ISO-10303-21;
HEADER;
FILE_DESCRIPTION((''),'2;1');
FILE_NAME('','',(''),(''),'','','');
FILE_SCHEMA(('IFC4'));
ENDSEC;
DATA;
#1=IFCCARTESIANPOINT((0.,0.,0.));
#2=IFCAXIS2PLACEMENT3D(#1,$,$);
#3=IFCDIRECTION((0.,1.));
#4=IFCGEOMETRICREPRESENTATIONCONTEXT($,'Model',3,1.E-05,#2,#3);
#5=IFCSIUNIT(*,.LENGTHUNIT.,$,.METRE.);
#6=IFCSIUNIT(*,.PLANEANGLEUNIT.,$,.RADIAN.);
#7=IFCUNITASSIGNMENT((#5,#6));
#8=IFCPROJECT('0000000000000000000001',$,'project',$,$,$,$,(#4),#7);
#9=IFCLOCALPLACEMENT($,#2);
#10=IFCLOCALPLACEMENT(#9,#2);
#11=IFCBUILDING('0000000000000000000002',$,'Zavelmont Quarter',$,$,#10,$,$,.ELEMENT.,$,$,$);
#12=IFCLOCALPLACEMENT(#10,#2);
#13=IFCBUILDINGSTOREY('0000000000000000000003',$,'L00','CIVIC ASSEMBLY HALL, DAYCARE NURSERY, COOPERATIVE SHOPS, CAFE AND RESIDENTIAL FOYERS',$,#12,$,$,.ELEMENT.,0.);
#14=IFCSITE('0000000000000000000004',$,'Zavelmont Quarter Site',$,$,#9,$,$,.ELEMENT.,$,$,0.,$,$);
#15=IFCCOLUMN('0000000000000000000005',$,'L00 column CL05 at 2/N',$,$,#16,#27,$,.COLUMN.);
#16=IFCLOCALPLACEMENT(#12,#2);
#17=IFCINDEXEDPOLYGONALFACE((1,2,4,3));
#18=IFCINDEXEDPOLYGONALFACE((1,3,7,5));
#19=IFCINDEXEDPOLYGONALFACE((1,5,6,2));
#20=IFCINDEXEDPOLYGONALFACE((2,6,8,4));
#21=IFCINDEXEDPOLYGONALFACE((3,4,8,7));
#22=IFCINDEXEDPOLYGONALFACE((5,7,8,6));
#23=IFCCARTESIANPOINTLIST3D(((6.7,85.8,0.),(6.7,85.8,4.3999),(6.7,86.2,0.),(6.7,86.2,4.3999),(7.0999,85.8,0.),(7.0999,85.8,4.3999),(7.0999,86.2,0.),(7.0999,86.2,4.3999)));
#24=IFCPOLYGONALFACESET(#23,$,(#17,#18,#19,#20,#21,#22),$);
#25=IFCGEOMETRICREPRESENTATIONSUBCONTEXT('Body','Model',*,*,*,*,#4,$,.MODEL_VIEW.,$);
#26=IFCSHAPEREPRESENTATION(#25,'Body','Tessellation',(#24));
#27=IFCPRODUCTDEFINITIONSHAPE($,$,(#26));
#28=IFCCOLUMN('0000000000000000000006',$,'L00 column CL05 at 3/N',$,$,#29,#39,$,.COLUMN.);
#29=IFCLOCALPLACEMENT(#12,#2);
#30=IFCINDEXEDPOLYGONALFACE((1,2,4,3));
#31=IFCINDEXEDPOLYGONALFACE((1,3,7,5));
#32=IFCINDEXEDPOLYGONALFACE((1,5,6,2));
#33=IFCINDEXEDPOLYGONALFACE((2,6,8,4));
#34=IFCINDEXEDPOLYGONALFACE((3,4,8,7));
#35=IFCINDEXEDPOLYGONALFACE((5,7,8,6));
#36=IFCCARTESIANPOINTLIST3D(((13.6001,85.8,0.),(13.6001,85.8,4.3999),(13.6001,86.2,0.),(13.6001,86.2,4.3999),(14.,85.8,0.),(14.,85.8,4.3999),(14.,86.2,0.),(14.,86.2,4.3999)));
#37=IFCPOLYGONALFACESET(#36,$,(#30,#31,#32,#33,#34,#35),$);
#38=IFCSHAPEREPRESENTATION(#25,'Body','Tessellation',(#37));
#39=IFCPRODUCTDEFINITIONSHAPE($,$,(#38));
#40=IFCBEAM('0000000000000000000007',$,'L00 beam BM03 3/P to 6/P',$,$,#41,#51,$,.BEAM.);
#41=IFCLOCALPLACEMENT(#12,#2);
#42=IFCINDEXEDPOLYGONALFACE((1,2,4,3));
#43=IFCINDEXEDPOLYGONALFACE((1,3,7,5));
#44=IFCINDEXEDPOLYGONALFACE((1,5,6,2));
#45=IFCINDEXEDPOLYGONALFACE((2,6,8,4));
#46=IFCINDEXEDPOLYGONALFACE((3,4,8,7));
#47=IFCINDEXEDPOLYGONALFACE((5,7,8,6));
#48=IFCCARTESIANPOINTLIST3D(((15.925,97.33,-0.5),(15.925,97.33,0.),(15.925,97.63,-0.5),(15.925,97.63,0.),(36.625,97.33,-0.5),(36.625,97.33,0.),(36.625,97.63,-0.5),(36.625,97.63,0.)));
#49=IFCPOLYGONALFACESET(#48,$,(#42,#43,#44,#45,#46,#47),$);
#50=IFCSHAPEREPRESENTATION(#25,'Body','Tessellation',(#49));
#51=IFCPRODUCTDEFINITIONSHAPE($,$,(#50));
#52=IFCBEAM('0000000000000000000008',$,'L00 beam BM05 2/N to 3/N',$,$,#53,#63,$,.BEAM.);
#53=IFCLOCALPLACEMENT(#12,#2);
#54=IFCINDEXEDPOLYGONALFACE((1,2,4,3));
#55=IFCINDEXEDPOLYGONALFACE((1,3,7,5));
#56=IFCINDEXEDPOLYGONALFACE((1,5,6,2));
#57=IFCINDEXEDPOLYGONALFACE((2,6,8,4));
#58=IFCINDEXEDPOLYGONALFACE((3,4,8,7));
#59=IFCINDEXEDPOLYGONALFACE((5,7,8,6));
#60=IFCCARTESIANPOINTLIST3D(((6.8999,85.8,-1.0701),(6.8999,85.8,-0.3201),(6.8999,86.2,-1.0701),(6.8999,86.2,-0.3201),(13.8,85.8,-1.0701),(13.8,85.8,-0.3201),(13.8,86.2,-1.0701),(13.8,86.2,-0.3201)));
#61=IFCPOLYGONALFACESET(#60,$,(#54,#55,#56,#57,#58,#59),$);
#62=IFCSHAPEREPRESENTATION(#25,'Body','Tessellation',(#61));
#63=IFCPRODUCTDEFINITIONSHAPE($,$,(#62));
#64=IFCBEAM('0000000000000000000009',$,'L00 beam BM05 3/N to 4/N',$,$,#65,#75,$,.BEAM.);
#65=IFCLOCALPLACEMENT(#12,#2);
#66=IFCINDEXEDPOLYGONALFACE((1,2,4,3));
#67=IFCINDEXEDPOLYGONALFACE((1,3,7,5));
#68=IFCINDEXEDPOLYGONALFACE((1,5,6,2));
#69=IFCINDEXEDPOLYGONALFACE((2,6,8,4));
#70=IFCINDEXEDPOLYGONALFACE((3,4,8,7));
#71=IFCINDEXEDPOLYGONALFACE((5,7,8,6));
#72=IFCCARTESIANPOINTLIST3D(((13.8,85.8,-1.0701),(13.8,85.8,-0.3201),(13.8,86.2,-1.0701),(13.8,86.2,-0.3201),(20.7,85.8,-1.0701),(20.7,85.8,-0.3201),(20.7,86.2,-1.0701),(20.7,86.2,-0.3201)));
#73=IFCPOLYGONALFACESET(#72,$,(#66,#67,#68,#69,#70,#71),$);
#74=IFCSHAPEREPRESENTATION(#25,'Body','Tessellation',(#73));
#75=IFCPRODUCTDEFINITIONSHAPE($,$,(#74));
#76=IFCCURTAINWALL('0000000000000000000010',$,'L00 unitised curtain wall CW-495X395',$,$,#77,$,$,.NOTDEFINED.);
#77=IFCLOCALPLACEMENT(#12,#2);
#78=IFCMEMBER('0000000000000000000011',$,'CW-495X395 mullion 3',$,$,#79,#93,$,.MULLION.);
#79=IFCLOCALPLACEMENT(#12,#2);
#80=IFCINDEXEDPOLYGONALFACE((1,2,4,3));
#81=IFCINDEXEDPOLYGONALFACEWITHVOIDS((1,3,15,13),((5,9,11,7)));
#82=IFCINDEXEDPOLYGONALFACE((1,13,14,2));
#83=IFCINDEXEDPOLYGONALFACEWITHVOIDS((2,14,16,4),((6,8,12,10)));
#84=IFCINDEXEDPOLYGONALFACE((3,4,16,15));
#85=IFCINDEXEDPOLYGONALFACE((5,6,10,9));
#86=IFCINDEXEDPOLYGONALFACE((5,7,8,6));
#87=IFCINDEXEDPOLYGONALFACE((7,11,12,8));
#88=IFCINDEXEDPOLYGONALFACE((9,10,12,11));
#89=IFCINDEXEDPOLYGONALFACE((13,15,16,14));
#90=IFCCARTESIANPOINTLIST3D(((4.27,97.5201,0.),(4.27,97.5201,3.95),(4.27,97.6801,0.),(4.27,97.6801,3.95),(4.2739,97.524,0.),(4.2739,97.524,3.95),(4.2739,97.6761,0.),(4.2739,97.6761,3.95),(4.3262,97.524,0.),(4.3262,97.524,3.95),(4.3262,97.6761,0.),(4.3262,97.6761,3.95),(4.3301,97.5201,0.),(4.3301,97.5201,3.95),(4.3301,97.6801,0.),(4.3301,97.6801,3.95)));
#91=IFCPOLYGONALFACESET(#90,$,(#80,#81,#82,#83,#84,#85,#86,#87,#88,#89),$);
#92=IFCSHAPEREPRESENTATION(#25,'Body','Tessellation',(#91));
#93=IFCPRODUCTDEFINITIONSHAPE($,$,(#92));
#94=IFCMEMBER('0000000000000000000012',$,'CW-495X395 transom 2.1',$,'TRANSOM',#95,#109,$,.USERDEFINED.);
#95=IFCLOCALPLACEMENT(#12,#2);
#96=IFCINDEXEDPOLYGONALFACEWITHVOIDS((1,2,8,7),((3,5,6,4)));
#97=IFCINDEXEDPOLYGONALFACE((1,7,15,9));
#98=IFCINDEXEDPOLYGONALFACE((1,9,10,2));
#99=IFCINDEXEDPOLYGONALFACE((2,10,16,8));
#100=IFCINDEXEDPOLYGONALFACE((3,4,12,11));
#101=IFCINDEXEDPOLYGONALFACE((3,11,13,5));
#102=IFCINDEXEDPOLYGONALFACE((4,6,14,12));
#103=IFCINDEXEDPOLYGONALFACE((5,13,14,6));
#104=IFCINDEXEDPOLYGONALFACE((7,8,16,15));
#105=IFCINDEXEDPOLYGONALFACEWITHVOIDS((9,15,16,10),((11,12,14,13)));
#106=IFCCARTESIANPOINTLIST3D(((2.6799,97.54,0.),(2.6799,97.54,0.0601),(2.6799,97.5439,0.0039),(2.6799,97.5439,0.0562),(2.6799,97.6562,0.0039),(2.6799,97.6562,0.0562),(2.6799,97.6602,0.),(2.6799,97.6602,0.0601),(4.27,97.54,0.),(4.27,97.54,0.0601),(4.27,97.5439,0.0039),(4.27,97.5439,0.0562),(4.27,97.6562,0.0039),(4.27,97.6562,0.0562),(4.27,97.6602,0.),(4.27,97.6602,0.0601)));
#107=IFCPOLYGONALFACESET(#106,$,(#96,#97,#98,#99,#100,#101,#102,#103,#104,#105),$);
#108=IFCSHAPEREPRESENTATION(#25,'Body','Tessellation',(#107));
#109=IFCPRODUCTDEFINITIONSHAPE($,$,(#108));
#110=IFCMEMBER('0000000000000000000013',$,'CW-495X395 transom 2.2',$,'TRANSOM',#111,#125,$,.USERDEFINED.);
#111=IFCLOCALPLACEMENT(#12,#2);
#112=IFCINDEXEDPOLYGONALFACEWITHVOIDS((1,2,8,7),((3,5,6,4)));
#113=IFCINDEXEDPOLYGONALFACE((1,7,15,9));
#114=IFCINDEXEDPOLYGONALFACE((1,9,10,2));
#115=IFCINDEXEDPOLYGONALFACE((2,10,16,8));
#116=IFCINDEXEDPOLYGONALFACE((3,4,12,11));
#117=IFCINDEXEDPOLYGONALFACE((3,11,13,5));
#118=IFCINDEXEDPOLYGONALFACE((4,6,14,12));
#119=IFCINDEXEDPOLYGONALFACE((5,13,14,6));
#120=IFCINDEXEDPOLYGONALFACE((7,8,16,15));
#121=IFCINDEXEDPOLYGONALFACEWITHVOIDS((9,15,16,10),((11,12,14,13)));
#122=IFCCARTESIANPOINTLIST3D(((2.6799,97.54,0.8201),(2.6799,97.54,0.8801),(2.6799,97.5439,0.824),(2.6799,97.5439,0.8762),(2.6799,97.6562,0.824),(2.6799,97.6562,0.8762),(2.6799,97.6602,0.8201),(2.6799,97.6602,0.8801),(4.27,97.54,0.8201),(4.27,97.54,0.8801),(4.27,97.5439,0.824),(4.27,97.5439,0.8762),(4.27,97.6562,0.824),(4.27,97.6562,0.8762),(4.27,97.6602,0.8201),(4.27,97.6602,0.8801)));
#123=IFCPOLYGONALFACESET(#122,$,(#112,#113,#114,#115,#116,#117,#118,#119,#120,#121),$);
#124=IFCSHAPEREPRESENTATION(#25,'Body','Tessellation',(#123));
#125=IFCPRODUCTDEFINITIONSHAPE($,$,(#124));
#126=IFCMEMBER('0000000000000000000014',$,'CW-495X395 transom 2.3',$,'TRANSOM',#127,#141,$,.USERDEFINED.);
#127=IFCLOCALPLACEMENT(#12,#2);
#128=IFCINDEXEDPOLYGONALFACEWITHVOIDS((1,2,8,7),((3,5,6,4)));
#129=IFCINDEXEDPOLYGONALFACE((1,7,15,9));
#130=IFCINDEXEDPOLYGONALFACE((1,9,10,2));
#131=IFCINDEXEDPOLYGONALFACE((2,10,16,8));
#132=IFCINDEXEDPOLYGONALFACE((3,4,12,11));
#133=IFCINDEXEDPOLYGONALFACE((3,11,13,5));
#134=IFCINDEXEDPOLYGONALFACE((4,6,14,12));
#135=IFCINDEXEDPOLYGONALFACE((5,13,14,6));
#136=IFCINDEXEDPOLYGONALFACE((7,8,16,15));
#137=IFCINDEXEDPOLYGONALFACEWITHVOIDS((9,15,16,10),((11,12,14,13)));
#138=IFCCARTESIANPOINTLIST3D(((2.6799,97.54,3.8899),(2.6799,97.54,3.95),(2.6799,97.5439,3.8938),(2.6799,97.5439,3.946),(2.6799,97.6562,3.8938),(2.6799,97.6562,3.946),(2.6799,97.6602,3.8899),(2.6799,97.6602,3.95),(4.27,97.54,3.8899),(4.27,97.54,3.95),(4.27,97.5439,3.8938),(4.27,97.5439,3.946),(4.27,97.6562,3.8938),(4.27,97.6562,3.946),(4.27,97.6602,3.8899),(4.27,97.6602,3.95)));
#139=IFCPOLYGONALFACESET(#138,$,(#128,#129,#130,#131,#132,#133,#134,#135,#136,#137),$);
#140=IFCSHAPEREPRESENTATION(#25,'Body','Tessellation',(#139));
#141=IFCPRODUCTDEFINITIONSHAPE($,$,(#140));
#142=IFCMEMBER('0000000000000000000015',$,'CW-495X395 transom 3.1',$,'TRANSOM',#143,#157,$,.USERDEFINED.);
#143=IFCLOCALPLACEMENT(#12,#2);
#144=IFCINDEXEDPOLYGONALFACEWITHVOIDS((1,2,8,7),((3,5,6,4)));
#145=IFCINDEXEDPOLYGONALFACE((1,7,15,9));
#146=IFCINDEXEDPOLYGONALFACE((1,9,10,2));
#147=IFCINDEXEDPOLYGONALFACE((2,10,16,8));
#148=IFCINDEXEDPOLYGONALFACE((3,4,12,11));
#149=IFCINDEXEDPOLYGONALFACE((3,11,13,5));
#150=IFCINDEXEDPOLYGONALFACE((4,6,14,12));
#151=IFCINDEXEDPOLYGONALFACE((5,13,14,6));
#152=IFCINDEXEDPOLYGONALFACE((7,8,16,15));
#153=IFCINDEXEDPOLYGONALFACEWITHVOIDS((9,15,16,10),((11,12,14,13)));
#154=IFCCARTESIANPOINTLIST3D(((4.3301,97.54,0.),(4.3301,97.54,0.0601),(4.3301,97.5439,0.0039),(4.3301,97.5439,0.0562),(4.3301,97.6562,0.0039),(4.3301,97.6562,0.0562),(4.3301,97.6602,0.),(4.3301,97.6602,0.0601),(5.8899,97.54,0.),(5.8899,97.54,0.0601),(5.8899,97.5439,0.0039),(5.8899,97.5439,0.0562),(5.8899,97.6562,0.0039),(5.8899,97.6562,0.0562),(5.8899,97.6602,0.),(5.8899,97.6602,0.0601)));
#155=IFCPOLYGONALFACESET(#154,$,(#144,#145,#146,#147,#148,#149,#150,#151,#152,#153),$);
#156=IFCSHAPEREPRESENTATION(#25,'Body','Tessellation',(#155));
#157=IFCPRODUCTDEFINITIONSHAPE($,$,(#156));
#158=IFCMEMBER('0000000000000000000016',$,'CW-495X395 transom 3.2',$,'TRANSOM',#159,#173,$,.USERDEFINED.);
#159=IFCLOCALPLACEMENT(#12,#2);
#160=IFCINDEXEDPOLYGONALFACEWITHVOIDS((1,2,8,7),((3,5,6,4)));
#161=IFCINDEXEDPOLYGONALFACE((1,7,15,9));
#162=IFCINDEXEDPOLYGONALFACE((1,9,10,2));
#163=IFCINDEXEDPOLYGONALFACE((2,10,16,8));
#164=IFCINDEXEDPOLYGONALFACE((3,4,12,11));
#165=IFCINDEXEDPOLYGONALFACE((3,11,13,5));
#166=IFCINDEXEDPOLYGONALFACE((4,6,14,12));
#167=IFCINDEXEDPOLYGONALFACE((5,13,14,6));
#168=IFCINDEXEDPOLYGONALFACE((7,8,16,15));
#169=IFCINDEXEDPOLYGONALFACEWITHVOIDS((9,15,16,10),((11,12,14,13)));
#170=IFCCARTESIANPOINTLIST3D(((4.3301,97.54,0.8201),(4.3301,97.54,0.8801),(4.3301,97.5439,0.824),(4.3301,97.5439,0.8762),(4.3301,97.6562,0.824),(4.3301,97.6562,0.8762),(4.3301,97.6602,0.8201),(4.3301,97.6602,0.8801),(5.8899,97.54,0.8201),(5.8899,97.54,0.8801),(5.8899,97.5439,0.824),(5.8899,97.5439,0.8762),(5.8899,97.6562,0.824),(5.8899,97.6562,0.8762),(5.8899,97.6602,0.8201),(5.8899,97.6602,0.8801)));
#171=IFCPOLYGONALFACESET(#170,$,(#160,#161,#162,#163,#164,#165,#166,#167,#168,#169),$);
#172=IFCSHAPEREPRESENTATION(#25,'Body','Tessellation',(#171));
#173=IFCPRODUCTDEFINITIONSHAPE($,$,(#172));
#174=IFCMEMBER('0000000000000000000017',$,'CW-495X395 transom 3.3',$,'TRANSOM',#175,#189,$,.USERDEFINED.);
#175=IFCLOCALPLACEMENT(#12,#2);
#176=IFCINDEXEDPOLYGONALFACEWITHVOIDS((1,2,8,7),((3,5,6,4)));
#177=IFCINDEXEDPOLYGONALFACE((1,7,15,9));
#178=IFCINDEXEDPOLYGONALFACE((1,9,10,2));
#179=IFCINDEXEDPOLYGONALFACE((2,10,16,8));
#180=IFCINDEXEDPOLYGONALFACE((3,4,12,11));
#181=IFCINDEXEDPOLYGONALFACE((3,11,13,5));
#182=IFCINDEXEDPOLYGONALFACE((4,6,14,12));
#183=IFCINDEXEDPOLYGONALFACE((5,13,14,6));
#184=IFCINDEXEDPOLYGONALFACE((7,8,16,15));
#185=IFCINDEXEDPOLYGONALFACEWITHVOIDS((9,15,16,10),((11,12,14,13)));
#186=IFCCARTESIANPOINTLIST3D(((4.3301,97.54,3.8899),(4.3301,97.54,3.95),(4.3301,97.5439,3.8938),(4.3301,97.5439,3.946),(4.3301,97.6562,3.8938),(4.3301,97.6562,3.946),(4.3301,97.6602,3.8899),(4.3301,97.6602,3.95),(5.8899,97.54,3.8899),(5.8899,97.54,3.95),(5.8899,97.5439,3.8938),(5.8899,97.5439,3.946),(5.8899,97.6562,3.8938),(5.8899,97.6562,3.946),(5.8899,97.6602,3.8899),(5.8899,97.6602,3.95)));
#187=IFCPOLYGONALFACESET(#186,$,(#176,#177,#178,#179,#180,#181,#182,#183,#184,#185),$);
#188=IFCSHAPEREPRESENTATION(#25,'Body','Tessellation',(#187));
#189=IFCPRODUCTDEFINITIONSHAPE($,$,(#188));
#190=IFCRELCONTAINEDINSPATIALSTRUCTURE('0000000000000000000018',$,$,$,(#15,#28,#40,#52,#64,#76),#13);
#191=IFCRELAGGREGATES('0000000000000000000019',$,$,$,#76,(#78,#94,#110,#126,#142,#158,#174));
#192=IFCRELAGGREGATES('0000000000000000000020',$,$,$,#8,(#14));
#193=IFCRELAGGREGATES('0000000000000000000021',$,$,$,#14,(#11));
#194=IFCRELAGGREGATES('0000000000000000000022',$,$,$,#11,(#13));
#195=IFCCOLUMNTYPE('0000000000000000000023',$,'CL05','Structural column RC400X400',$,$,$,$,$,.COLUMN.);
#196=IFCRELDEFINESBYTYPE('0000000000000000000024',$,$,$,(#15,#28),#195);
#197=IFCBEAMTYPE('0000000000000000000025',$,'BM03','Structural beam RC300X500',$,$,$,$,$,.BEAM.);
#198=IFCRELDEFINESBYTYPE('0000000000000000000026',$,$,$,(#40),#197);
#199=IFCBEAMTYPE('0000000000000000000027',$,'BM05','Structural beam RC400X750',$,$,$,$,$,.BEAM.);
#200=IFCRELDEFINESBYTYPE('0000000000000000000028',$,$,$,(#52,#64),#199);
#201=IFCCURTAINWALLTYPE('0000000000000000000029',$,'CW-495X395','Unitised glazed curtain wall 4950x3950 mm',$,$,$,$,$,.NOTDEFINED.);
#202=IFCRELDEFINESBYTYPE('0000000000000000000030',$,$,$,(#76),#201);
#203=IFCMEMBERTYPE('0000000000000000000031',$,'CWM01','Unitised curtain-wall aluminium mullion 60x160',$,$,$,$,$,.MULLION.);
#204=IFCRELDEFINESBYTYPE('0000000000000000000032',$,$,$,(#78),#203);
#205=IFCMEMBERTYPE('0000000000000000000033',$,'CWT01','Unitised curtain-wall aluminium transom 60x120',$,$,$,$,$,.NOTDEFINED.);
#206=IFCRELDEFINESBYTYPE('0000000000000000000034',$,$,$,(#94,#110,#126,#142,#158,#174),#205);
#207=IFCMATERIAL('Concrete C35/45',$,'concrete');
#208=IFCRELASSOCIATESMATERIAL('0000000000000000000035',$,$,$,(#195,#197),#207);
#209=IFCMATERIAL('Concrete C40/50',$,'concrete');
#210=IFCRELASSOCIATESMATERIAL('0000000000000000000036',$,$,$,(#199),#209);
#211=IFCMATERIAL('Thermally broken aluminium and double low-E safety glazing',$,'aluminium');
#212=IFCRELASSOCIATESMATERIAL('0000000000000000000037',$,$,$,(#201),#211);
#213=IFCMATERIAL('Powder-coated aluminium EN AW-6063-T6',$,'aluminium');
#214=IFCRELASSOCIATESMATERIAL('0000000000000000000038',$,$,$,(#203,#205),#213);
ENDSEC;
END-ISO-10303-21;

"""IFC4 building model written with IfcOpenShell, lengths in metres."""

from ifc_helpers import new_model, si_unit, direction, frame, origin, origin_2d, place, context, subcontext, project, spatial, rectangle, hollow_rectangle, extrude, material, material_profile, profile_set, type_object, element, aggregate, save


model = new_model("IFC4")

# Units and contexts
model_context = context("Model", 3, precision=1e-05, world=origin(), true_north=direction((0.0, 1.0)))
body_context = subcontext(model_context, "Body", "Model", "MODEL_VIEW")
ifc_project = project(units=[si_unit("LENGTHUNIT", "METRE"), si_unit("PLANEANGLEUNIT", "RADIAN")], contexts=[model_context])

# Site, building, storey
site_placement = place(None, origin())
site = spatial("IfcSite", under=ifc_project, at=site_placement, Name="Zavelmont Quarter Site", CompositionType="ELEMENT", RefElevation=0.0)
building_placement = place(site_placement, origin())
building = spatial("IfcBuilding", under=site, at=building_placement, Name="Zavelmont Quarter", CompositionType="ELEMENT")
storey_placement = place(building_placement, origin())
storey = spatial("IfcBuildingStorey", under=building, at=storey_placement, Name="L00", Description="CIVIC ASSEMBLY HALL, DAYCARE NURSERY, COOPERATIVE SHOPS, CAFE AND RESIDENTIAL FOYERS", CompositionType="ELEMENT", Elevation=0.0)

# Columns
ifc_material_1 = material(Name="Concrete C35/45", Category="concrete")
ifc_material_profile_1 = material_profile(ifc_material_1, rectangle(XDim=0.3999, YDim=0.3999, at=origin_2d()), Name="RC400X400")
ifc_profile_set_1 = profile_set([ifc_material_profile_1], Name="Concrete C35/45")
column_type = type_object("IfcColumnType", Name="CL05", Description="Structural column RC400X400", PredefinedType="COLUMN", material=ifc_profile_set_1)
for number, where, z_axis, x_axis, name in (
    (1, (6.8999, 86.0, 0.0), (0.0, 0.0, 1.0), (1.0, 0.0, 0.0), "L00 column CL05 at 2/N"),
    (2, (13.8, 86.0, 0.0), (0.0, 0.0, 1.0), (1.0, 0.0, 0.0), "L00 column CL05 at 3/N"),
):
    element("IfcColumn", number, at=place(storey_placement, frame(where, z_axis=z_axis, x_axis=x_axis)), inside=storey, type_object=column_type, Name=name, PredefinedType="COLUMN", context=body_context, shape_type="SweptSolid", body=[
        extrude(rectangle(XDim=0.3999, YDim=0.3999, at=origin_2d()), origin(), (0.0, 0.0, 1.0), 4.3999),
    ])

# Beams
ifc_material_profile_2 = material_profile(ifc_material_1, rectangle(XDim=0.3, YDim=0.5, at=origin_2d()), Name="RC300X500")
ifc_profile_set_2 = profile_set([ifc_material_profile_2], Name="Concrete C35/45")
beam_type_1 = type_object("IfcBeamType", Name="BM03", Description="Structural beam RC300X500", PredefinedType="BEAM", material=ifc_profile_set_2)
beam_1_placement = place(storey_placement, frame((15.925, 97.48, -0.25), z_axis=(1.0, 0.0, 0.0), x_axis=(0.0, 1.0, 0.0)))
element("IfcBeam", 3, at=beam_1_placement, inside=storey, type_object=beam_type_1, Name="L00 beam BM03 3/P to 6/P", PredefinedType="BEAM", context=body_context, shape_type="SweptSolid", body=[
    extrude(rectangle(XDim=0.3, YDim=0.5, at=origin_2d()), origin(), (0.0, 0.0, 1.0), 20.7),
])
ifc_material_2 = material(Name="Concrete C40/50", Category="concrete")
ifc_material_profile_3 = material_profile(ifc_material_2, rectangle(XDim=0.3999, YDim=0.75, at=origin_2d()), Name="RC400X750")
ifc_profile_set_3 = profile_set([ifc_material_profile_3], Name="Concrete C40/50")
beam_type_2 = type_object("IfcBeamType", Name="BM05", Description="Structural beam RC400X750", PredefinedType="BEAM", material=ifc_profile_set_3)
beam_2_placement = place(storey_placement, frame((6.8999, 86.0, -0.6951), z_axis=(1.0, 0.0, 0.0), x_axis=(0.0, 1.0, 0.0)))
element("IfcBeam", 4, at=beam_2_placement, inside=storey, type_object=beam_type_2, Name="L00 beam BM05 2/N to 3/N", PredefinedType="BEAM", context=body_context, shape_type="SweptSolid", body=[
    extrude(rectangle(XDim=0.3999, YDim=0.75, at=origin_2d()), origin(), (0.0, 0.0, 1.0), 6.9001),
])
beam_3_placement = place(storey_placement, frame((13.8, 86.0, -0.6951), z_axis=(1.0, 0.0, 0.0), x_axis=(0.0, 1.0, 0.0)))
element("IfcBeam", 5, at=beam_3_placement, inside=storey, type_object=beam_type_2, Name="L00 beam BM05 3/N to 4/N", PredefinedType="BEAM", context=body_context, shape_type="SweptSolid", body=[
    extrude(rectangle(XDim=0.3999, YDim=0.75, at=origin_2d()), origin(), (0.0, 0.0, 1.0), 6.8999),
])

# Curtain wall, members
ifc_material_3 = material(Name="Thermally broken aluminium and double low-E safety glazing", Category="aluminium")
curtain_wall_type = type_object("IfcCurtainWallType", Name="CW-495X395", Description="Unitised glazed curtain wall 4950x3950 mm", PredefinedType="NOTDEFINED", material=ifc_material_3)
curtain_wall_placement = place(storey_placement, origin())
curtain_wall = element("IfcCurtainWall", 6, at=curtain_wall_placement, inside=storey, type_object=curtain_wall_type, Name="L00 unitised curtain wall CW-495X395", PredefinedType="NOTDEFINED")
ifc_material_4 = material(Name="Powder-coated aluminium EN AW-6063-T6", Category="aluminium")
ifc_material_profile_4 = material_profile(ifc_material_4, hollow_rectangle(XDim=0.0601, YDim=0.1599, WallThickness=0.0039, at=origin_2d()), Name="CWM60X160")
ifc_profile_set_4 = profile_set([ifc_material_profile_4], Name="Powder-coated aluminium EN AW-6063-T6")
member_type_1 = type_object("IfcMemberType", Name="CWM01", Description="Unitised curtain-wall aluminium mullion 60x160", PredefinedType="MULLION", material=ifc_profile_set_4)
member_1_placement = place(storey_placement, frame((4.3, 97.6001, 0.0), z_axis=(0.0, 0.0, 1.0), x_axis=(1.0, 0.0, 0.0)))
member_1 = element("IfcMember", 7, at=member_1_placement, type_object=member_type_1, Name="CW-495X395 mullion 3", PredefinedType="MULLION", context=body_context, shape_type="SweptSolid", body=[
    extrude(hollow_rectangle(XDim=0.0601, YDim=0.1599, WallThickness=0.0039, at=origin_2d()), origin(), (0.0, 0.0, 1.0), 3.95),
])
ifc_material_profile_5 = material_profile(ifc_material_4, hollow_rectangle(XDim=0.1201, YDim=0.0601, WallThickness=0.0039, at=origin_2d()), Name="CWT60X120")
ifc_profile_set_5 = profile_set([ifc_material_profile_5], Name="Powder-coated aluminium EN AW-6063-T6")
member_type_2 = type_object("IfcMemberType", Name="CWT01", Description="Unitised curtain-wall aluminium transom 60x120", PredefinedType="NOTDEFINED", material=ifc_profile_set_5)
member_2_placement = place(storey_placement, frame((2.6799, 97.6001, 0.03), z_axis=(1.0, 0.0, 0.0), x_axis=(0.0, 1.0, 0.0)))
member_2 = element("IfcMember", 8, at=member_2_placement, type_object=member_type_2, Name="CW-495X395 transom 2.1", ObjectType="TRANSOM", PredefinedType="USERDEFINED", context=body_context, shape_type="SweptSolid", body=[
    extrude(hollow_rectangle(XDim=0.1201, YDim=0.0601, WallThickness=0.0039, at=origin_2d()), origin(), (0.0, 0.0, 1.0), 1.5901),
])
member_3_placement = place(storey_placement, frame((2.6799, 97.6001, 0.8501), z_axis=(1.0, 0.0, 0.0), x_axis=(0.0, 1.0, 0.0)))
member_3 = element("IfcMember", 9, at=member_3_placement, type_object=member_type_2, Name="CW-495X395 transom 2.2", ObjectType="TRANSOM", PredefinedType="USERDEFINED", context=body_context, shape_type="SweptSolid", body=[
    extrude(hollow_rectangle(XDim=0.1201, YDim=0.0601, WallThickness=0.0039, at=origin_2d()), origin(), (0.0, 0.0, 1.0), 1.5901),
])
member_4_placement = place(storey_placement, frame((2.6799, 97.6001, 3.9199), z_axis=(1.0, 0.0, 0.0), x_axis=(0.0, 1.0, 0.0)))
member_4 = element("IfcMember", 10, at=member_4_placement, type_object=member_type_2, Name="CW-495X395 transom 2.3", ObjectType="TRANSOM", PredefinedType="USERDEFINED", context=body_context, shape_type="SweptSolid", body=[
    extrude(hollow_rectangle(XDim=0.1201, YDim=0.0601, WallThickness=0.0039, at=origin_2d()), origin(), (0.0, 0.0, 1.0), 1.5901),
])
member_5_placement = place(storey_placement, frame((4.3301, 97.6001, 0.03), z_axis=(1.0, 0.0, 0.0), x_axis=(0.0, 1.0, 0.0)))
member_5 = element("IfcMember", 11, at=member_5_placement, type_object=member_type_2, Name="CW-495X395 transom 3.1", ObjectType="TRANSOM", PredefinedType="USERDEFINED", context=body_context, shape_type="SweptSolid", body=[
    extrude(hollow_rectangle(XDim=0.1201, YDim=0.0601, WallThickness=0.0039, at=origin_2d()), origin(), (0.0, 0.0, 1.0), 1.5598),
])
member_6_placement = place(storey_placement, frame((4.3301, 97.6001, 0.8501), z_axis=(1.0, 0.0, 0.0), x_axis=(0.0, 1.0, 0.0)))
member_6 = element("IfcMember", 12, at=member_6_placement, type_object=member_type_2, Name="CW-495X395 transom 3.2", ObjectType="TRANSOM", PredefinedType="USERDEFINED", context=body_context, shape_type="SweptSolid", body=[
    extrude(hollow_rectangle(XDim=0.1201, YDim=0.0601, WallThickness=0.0039, at=origin_2d()), origin(), (0.0, 0.0, 1.0), 1.5598),
])
member_7_placement = place(storey_placement, frame((4.3301, 97.6001, 3.9199), z_axis=(1.0, 0.0, 0.0), x_axis=(0.0, 1.0, 0.0)))
member_7 = element("IfcMember", 13, at=member_7_placement, type_object=member_type_2, Name="CW-495X395 transom 3.3", ObjectType="TRANSOM", PredefinedType="USERDEFINED", context=body_context, shape_type="SweptSolid", body=[
    extrude(hollow_rectangle(XDim=0.1201, YDim=0.0601, WallThickness=0.0039, at=origin_2d()), origin(), (0.0, 0.0, 1.0), 1.5598),
])

aggregate(curtain_wall, [member_1, member_2, member_3, member_4, member_5, member_6, member_7])

save(model, "model.ifc")
